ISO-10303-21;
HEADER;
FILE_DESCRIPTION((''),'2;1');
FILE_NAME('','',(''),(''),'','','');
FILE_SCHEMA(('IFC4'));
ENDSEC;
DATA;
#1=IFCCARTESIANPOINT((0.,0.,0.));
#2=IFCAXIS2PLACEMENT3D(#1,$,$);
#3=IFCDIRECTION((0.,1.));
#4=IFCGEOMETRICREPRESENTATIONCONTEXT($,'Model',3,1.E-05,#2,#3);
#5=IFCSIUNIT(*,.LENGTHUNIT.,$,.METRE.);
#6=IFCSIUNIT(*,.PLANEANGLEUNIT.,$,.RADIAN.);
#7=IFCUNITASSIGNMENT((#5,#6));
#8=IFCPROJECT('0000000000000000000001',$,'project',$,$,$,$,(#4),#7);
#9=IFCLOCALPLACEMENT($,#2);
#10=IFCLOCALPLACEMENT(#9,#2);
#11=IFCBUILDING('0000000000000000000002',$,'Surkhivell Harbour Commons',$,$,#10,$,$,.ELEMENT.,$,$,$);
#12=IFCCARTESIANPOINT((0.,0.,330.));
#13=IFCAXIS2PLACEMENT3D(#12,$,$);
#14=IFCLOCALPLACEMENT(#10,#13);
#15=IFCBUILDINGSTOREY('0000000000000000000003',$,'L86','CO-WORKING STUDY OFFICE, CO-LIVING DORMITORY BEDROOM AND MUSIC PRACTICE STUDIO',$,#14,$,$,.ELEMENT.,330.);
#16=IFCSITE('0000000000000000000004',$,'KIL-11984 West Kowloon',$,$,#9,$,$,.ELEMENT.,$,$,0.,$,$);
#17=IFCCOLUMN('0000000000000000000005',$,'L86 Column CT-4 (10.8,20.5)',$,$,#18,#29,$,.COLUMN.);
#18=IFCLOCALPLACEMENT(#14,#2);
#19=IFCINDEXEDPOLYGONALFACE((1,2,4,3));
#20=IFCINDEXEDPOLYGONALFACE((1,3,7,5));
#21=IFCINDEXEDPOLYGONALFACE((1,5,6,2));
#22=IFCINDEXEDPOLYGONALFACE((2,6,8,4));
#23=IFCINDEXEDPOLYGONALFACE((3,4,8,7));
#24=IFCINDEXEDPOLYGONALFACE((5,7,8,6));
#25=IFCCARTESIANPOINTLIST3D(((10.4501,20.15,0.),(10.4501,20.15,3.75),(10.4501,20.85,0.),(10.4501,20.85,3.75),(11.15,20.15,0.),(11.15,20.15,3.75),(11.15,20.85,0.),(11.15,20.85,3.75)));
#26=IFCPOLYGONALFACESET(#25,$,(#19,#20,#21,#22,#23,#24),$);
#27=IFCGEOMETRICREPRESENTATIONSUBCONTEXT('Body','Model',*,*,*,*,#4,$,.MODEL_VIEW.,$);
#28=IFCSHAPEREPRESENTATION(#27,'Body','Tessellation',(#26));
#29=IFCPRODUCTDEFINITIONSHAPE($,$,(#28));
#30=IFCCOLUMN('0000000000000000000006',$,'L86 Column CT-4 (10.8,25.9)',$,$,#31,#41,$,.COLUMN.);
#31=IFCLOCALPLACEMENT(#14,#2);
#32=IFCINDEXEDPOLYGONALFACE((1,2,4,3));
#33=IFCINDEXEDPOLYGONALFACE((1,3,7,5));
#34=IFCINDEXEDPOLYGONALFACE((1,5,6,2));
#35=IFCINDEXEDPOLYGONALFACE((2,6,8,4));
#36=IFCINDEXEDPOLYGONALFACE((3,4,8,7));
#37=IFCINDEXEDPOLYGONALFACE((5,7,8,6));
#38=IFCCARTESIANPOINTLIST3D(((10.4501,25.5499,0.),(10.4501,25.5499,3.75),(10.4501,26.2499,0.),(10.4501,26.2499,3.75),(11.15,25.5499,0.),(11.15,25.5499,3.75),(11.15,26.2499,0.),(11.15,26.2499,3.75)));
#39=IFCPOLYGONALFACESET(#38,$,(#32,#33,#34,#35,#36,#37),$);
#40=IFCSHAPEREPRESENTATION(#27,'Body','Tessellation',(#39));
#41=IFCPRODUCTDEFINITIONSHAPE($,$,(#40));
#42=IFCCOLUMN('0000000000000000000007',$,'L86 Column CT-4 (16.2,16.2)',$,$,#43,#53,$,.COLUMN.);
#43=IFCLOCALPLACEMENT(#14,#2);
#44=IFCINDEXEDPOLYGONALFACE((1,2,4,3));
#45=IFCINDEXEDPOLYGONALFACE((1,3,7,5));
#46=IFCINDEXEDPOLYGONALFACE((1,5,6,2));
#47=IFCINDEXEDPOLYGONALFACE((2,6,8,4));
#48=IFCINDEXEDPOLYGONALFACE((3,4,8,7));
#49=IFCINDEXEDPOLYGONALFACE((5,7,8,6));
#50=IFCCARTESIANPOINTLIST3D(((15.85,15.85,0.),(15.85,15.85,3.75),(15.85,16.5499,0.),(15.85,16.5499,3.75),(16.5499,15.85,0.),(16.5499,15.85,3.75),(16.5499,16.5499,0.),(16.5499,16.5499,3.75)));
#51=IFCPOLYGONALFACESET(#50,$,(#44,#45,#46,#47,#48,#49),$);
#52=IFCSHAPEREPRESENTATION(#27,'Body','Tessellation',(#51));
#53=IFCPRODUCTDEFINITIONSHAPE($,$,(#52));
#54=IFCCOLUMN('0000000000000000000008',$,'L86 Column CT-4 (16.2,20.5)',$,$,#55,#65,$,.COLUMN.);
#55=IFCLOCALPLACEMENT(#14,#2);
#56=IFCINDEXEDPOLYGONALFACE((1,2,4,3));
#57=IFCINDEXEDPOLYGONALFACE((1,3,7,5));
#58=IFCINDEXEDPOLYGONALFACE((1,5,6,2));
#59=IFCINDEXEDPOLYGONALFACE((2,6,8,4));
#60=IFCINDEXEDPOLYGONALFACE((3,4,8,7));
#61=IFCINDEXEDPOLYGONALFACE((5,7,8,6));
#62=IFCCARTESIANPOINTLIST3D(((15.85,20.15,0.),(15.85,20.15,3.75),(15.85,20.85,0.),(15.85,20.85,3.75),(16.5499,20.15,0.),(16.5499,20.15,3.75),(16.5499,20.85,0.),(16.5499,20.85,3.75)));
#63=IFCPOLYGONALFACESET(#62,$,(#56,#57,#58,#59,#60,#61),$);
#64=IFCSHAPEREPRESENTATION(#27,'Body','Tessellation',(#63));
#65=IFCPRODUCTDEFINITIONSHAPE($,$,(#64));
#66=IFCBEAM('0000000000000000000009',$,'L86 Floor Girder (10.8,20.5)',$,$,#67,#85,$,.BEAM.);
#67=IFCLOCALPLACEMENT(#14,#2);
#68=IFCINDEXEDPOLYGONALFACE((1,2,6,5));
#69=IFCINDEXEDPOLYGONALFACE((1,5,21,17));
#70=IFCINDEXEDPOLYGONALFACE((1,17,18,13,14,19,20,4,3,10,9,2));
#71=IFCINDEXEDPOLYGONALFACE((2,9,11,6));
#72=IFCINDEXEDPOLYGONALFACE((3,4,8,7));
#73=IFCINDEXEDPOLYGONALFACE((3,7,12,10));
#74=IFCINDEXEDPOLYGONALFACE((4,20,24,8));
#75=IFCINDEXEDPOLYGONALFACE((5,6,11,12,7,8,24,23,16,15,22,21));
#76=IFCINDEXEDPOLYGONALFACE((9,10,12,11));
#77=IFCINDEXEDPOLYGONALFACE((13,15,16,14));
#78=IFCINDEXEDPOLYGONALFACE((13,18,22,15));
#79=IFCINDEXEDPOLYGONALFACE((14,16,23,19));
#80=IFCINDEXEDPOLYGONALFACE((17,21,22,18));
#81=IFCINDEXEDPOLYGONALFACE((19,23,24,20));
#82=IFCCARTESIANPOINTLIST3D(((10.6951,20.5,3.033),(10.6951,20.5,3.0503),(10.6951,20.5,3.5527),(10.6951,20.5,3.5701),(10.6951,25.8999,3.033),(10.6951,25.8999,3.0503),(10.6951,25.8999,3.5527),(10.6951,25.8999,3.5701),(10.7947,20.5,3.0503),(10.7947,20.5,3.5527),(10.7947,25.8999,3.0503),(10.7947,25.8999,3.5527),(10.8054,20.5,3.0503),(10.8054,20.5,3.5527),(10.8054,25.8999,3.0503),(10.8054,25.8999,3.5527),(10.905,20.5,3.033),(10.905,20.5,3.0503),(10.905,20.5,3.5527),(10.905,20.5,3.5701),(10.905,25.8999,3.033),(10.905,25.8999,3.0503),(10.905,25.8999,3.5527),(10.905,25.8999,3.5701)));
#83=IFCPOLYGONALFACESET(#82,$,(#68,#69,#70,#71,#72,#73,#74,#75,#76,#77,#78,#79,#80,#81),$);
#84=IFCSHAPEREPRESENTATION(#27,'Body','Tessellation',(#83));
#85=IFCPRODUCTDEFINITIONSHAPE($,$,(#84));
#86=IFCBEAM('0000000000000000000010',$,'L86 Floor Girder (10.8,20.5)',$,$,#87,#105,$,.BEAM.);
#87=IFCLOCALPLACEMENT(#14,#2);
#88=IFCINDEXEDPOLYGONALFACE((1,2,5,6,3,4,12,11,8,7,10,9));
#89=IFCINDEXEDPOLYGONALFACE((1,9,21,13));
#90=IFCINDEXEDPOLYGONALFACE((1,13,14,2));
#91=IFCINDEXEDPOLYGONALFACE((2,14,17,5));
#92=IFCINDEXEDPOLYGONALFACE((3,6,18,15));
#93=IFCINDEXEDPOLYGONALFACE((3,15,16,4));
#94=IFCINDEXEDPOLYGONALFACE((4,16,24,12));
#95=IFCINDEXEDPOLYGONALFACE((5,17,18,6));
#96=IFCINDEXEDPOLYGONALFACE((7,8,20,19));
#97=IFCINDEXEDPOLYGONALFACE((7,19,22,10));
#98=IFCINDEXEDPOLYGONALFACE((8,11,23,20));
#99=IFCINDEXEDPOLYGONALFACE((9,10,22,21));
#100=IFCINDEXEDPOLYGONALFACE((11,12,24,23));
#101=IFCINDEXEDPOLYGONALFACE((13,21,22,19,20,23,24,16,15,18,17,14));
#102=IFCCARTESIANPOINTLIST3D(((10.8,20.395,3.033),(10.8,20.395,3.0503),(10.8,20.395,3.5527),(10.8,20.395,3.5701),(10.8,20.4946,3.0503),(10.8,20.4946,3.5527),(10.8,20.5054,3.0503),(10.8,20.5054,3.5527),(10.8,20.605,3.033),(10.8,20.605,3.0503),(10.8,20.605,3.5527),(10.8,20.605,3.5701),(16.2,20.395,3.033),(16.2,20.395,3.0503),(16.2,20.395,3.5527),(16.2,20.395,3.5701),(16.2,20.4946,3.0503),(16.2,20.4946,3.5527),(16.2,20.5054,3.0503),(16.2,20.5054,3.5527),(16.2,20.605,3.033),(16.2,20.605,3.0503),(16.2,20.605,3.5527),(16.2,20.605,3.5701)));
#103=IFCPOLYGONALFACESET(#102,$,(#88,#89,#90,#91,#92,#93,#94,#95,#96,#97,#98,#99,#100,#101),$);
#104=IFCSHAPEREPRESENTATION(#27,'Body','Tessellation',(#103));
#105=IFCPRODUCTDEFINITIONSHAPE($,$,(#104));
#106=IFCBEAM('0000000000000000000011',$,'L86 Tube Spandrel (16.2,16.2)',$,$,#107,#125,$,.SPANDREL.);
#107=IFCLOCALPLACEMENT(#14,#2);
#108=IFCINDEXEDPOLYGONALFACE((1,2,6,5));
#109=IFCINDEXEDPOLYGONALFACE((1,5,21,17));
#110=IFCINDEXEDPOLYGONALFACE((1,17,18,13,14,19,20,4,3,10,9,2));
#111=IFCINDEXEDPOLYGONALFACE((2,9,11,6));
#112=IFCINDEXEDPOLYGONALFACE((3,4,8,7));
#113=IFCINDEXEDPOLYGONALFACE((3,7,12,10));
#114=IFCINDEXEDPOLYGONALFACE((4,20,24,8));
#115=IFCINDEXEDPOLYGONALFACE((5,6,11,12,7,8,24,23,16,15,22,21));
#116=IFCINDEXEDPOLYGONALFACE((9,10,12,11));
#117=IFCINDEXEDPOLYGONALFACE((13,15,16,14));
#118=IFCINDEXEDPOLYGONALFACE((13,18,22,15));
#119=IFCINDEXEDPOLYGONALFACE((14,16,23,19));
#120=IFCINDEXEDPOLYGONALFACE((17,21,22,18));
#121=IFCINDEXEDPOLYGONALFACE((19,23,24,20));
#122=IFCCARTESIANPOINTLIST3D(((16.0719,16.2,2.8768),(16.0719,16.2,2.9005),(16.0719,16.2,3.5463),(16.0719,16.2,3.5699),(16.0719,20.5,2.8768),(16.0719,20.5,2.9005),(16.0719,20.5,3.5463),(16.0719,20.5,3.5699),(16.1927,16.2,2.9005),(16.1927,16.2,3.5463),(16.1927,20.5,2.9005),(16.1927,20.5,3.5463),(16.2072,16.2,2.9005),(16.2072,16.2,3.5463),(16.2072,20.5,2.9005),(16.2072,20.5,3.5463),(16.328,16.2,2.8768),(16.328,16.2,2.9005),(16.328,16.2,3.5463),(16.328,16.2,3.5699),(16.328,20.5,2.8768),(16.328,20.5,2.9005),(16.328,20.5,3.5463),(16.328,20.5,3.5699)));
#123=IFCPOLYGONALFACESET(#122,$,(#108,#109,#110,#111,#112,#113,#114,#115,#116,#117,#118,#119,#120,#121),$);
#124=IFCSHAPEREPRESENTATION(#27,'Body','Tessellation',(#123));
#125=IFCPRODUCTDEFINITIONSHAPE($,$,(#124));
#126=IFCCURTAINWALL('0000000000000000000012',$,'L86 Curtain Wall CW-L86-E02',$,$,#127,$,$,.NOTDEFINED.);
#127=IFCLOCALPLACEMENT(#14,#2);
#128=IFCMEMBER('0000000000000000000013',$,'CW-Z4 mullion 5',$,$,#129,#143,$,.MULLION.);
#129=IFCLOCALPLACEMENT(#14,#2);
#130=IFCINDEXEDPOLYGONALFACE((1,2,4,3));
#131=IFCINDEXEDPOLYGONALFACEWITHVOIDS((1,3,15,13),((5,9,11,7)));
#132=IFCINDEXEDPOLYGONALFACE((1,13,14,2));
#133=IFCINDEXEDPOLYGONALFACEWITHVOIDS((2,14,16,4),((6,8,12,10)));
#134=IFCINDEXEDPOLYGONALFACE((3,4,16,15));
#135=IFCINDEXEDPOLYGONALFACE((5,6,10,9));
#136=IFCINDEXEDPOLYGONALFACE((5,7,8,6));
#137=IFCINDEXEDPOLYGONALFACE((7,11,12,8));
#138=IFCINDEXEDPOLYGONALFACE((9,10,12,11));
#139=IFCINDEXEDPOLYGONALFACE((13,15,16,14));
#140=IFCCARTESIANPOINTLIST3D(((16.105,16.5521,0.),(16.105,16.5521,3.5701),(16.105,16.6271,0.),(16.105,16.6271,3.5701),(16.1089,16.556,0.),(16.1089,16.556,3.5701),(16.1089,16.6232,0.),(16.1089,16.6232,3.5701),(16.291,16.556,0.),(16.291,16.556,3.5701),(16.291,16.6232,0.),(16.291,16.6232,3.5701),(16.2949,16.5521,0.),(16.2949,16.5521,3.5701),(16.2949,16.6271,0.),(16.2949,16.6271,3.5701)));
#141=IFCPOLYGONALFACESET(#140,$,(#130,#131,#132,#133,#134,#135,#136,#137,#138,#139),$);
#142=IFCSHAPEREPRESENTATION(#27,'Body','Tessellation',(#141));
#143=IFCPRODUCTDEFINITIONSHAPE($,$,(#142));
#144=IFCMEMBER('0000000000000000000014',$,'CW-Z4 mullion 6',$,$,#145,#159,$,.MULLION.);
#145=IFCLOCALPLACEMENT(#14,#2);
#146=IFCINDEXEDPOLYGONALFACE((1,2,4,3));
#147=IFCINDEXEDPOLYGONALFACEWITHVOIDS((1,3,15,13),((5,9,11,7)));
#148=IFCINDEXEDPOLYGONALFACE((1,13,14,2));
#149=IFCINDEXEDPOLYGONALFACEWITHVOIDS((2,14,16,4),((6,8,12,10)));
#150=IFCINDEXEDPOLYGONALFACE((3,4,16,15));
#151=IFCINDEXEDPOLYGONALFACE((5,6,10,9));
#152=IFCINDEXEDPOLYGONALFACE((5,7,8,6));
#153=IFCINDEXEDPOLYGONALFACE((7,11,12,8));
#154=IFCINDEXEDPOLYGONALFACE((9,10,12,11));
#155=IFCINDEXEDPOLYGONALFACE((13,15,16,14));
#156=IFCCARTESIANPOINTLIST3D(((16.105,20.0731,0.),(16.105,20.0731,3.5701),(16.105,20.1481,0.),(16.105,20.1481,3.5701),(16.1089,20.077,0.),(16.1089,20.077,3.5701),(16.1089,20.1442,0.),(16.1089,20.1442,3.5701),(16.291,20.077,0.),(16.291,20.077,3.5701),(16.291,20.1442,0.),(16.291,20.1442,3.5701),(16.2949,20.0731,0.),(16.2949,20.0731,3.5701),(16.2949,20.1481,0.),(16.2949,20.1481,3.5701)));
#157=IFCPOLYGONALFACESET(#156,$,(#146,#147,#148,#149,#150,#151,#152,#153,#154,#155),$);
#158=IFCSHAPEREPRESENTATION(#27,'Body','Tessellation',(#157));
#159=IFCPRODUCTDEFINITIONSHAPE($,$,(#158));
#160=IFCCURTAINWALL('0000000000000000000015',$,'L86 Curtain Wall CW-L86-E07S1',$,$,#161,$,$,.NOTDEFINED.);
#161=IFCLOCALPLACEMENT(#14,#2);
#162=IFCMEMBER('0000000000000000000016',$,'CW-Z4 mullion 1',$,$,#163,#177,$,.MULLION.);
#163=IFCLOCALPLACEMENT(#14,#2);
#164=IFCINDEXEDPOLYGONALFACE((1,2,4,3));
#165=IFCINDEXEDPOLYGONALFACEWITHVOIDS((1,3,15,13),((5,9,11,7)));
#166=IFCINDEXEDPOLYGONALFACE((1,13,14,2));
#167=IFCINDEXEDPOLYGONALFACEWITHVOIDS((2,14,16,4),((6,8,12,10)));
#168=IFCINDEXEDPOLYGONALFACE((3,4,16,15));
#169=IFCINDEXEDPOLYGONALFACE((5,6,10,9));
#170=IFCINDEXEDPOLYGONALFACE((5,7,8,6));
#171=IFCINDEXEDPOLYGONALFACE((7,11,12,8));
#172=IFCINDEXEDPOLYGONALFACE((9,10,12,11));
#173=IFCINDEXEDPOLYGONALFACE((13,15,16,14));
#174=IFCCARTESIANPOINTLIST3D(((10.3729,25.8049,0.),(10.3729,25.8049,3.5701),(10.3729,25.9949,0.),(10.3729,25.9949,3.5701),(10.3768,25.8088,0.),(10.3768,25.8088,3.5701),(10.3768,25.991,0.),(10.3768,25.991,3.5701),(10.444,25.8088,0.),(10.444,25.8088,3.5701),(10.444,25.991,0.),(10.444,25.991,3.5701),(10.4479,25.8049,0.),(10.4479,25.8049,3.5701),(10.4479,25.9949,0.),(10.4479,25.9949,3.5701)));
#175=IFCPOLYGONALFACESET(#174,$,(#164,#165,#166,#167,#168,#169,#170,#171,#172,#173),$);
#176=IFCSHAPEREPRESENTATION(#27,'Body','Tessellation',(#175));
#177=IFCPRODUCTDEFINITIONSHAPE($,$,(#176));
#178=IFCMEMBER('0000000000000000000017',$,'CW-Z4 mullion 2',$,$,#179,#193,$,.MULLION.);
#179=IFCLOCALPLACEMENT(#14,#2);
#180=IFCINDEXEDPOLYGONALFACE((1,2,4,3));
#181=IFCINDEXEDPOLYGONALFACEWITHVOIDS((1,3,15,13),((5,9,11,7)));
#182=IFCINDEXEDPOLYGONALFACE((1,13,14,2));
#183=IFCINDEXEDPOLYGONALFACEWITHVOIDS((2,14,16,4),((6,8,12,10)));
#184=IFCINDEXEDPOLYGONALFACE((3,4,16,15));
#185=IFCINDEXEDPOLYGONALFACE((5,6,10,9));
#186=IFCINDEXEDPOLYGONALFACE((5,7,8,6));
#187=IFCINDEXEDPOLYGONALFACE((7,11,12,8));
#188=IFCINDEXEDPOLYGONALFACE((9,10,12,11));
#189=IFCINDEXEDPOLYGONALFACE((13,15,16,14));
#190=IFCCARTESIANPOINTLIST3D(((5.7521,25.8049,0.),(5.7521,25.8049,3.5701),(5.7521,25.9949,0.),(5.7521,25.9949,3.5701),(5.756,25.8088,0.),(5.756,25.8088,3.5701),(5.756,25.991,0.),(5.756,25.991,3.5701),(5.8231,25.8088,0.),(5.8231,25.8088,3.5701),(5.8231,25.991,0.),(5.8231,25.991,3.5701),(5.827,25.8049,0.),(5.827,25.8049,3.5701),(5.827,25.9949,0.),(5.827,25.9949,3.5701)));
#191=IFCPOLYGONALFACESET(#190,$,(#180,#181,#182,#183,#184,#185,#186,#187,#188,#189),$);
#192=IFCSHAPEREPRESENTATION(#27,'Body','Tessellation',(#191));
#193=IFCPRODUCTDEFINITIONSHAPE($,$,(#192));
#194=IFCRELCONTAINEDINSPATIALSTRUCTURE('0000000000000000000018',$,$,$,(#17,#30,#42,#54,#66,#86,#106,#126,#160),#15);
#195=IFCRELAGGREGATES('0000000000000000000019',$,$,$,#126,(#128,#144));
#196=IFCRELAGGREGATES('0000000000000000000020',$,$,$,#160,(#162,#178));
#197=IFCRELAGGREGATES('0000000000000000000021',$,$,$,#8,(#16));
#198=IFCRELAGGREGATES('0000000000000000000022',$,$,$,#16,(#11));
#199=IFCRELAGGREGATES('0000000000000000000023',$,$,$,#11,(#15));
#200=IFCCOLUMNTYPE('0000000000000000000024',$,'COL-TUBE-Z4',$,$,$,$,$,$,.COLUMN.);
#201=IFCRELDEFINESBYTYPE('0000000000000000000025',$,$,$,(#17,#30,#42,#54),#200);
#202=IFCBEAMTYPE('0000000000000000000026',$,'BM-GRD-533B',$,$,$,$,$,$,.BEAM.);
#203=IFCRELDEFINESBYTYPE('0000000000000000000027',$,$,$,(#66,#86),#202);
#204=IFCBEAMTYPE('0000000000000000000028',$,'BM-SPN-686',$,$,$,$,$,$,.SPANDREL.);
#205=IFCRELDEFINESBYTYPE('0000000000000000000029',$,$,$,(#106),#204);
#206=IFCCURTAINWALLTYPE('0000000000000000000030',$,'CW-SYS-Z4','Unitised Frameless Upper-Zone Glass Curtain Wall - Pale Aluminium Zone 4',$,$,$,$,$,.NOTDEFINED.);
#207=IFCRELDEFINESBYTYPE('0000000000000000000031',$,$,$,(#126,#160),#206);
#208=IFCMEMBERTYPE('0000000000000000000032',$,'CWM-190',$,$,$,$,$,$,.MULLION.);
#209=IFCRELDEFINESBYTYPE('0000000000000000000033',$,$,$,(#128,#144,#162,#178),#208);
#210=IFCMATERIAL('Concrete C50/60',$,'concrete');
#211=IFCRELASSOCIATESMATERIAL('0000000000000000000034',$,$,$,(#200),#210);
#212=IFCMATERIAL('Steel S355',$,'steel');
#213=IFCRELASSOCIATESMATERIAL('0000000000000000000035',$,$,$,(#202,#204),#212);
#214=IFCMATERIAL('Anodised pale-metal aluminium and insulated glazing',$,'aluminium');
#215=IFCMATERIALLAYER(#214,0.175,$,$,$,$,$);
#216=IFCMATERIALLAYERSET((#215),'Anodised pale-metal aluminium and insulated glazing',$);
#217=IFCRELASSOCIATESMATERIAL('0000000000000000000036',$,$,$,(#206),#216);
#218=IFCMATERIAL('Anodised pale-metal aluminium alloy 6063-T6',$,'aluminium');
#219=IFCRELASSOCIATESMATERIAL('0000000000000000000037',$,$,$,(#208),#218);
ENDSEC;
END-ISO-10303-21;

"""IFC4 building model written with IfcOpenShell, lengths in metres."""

from ifc_helpers import new_model, si_unit, direction, frame, origin, origin_2d, place, context, subcontext, project, spatial, rectangle, hollow_rectangle, i_section, extrude, material, layer, layer_set, material_profile, profile_set, type_object, element, aggregate, save


model = new_model("IFC4")

# Units and contexts
model_context = context("Model", 3, precision=1e-05, world=origin(), true_north=direction((0.0, 1.0)))
body_context = subcontext(model_context, "Body", "Model", "MODEL_VIEW")
ifc_project = project(units=[si_unit("LENGTHUNIT", "METRE"), si_unit("PLANEANGLEUNIT", "RADIAN")], contexts=[model_context])

# Site, building, storey
site_placement = place(None, origin())
site = spatial("IfcSite", under=ifc_project, at=site_placement, Name="KIL-11984 West Kowloon", CompositionType="ELEMENT", RefElevation=0.0)
building_placement = place(site_placement, origin())
building = spatial("IfcBuilding", under=site, at=building_placement, Name="Surkhivell Harbour Commons", CompositionType="ELEMENT")
storey_placement = place(building_placement, frame((0.0, 0.0, 330.0)))
storey = spatial("IfcBuildingStorey", under=building, at=storey_placement, Name="L86", Description="CO-WORKING STUDY OFFICE, CO-LIVING DORMITORY BEDROOM AND MUSIC PRACTICE STUDIO", CompositionType="ELEMENT", Elevation=330.0)

# Columns
ifc_material_1 = material(Name="Concrete C50/60", Category="concrete")
ifc_material_profile_1 = material_profile(ifc_material_1, rectangle(XDim=0.7, YDim=0.7, at=origin_2d()), Name="RC-COL-700x700")
ifc_profile_set_1 = profile_set([ifc_material_profile_1], Name="Concrete C50/60")
column_type = type_object("IfcColumnType", Name="COL-TUBE-Z4", PredefinedType="COLUMN", material=ifc_profile_set_1)
for number, where, z_axis, x_axis, name in (
    (1, (10.8, 20.5, 0.0), (0.0, 0.0, 1.0), (1.0, 0.0, 0.0), "L86 Column CT-4 (10.8,20.5)"),
    (2, (10.8, 25.8999, 0.0), (0.0, 0.0, 1.0), (1.0, 0.0, 0.0), "L86 Column CT-4 (10.8,25.9)"),
    (3, (16.2, 16.2, 0.0), (0.0, 0.0, 1.0), (1.0, 0.0, 0.0), "L86 Column CT-4 (16.2,16.2)"),
    (4, (16.2, 20.5, 0.0), (0.0, 0.0, 1.0), (1.0, 0.0, 0.0), "L86 Column CT-4 (16.2,20.5)"),
):
    element("IfcColumn", number, at=place(storey_placement, frame(where, z_axis=z_axis, x_axis=x_axis)), inside=storey, type_object=column_type, Name=name, PredefinedType="COLUMN", context=body_context, shape_type="SweptSolid", body=[
        extrude(rectangle(XDim=0.7, YDim=0.7, at=origin_2d()), origin(), (0.0, 0.0, 1.0), 3.75),
    ])

# Beams
ifc_material_2 = material(Name="Steel S355", Category="steel")
ifc_material_profile_2 = material_profile(ifc_material_2, i_section(OverallWidth=0.21, OverallDepth=0.5371, WebThickness=0.0107, FlangeThickness=0.0173, at=origin_2d()), Name="UB533x210x101")
ifc_profile_set_2 = profile_set([ifc_material_profile_2], Name="Steel S355")
beam_type_1 = type_object("IfcBeamType", Name="BM-GRD-533B", PredefinedType="BEAM", material=ifc_profile_set_2)
for number, where, z_axis, x_axis, name in (
    (5, (10.8, 20.5, 3.3015), (0.0, 1.0, 0.0), (-1.0, 0.0, 0.0), "L86 Floor Girder (10.8,20.5)"),
    (6, (10.8, 20.5, 3.3015), (1.0, 0.0, 0.0), (0.0, 1.0, 0.0), "L86 Floor Girder (10.8,20.5)"),
):
    element("IfcBeam", number, at=place(storey_placement, frame(where, z_axis=z_axis, x_axis=x_axis)), inside=storey, type_object=beam_type_1, Name=name, PredefinedType="BEAM", context=body_context, shape_type="SweptSolid", body=[
        extrude(i_section(OverallWidth=0.21, OverallDepth=0.5371, WebThickness=0.0107, FlangeThickness=0.0173, at=origin_2d()), origin(), (0.0, 0.0, 1.0), 5.3999),
    ])
ifc_material_profile_3 = material_profile(ifc_material_2, i_section(OverallWidth=0.2561, OverallDepth=0.6931, WebThickness=0.0144, FlangeThickness=0.0237, at=origin_2d()), Name="UB686x254x170")
ifc_profile_set_3 = profile_set([ifc_material_profile_3], Name="Steel S355")
beam_type_2 = type_object("IfcBeamType", Name="BM-SPN-686", PredefinedType="SPANDREL", material=ifc_profile_set_3)
beam_placement = place(storey_placement, frame((16.2, 16.2, 3.2234), z_axis=(0.0, 1.0, 0.0), x_axis=(-1.0, 0.0, 0.0)))
element("IfcBeam", 7, at=beam_placement, inside=storey, type_object=beam_type_2, Name="L86 Tube Spandrel (16.2,16.2)", PredefinedType="SPANDREL", context=body_context, shape_type="SweptSolid", body=[
    extrude(i_section(OverallWidth=0.2561, OverallDepth=0.6931, WebThickness=0.0144, FlangeThickness=0.0237, at=origin_2d()), origin(), (0.0, 0.0, 1.0), 4.3),
])

# Curtain walls, members
ifc_material_3 = material(Name="Anodised pale-metal aluminium and insulated glazing", Category="aluminium")
ifc_layer_1 = layer(ifc_material_3, 0.175)
ifc_layer_set_1 = layer_set([ifc_layer_1], Name="Anodised pale-metal aluminium and insulated glazing")
curtain_wall_type = type_object("IfcCurtainWallType", Name="CW-SYS-Z4", Description="Unitised Frameless Upper-Zone Glass Curtain Wall - Pale Aluminium Zone 4", PredefinedType="NOTDEFINED", material=ifc_layer_set_1)
curtain_wall_1_placement = place(storey_placement, origin())
curtain_wall_1 = element("IfcCurtainWall", 8, at=curtain_wall_1_placement, inside=storey, type_object=curtain_wall_type, Name="L86 Curtain Wall CW-L86-E02", PredefinedType="NOTDEFINED")
ifc_material_4 = material(Name="Anodised pale-metal aluminium alloy 6063-T6", Category="aluminium")
ifc_material_profile_4 = material_profile(ifc_material_4, hollow_rectangle(XDim=0.075, YDim=0.1899, WallThickness=0.0039, at=origin_2d()), Name="ALU-MULL-75x190")
ifc_profile_set_4 = profile_set([ifc_material_profile_4], Name="Anodised pale-metal aluminium alloy 6063-T6")
member_type_1 = type_object("IfcMemberType", Name="CWM-190", PredefinedType="MULLION", material=ifc_profile_set_4)
member_1_placement = place(storey_placement, frame((16.2, 16.5896, 0.0), z_axis=(0.0, 0.0, 1.0), x_axis=(0.0, 1.0, 0.0)))
member_1 = element("IfcMember", 9, at=member_1_placement, type_object=member_type_1, Name="CW-Z4 mullion 5", PredefinedType="MULLION", context=body_context, shape_type="SweptSolid", body=[
    extrude(hollow_rectangle(XDim=0.075, YDim=0.1899, WallThickness=0.0039, at=origin_2d()), origin(), (0.0, 0.0, 1.0), 3.5701),
])
member_2_placement = place(storey_placement, frame((16.2, 20.1106, 0.0), z_axis=(0.0, 0.0, 1.0), x_axis=(0.0, 1.0, 0.0)))
member_2 = element("IfcMember", 10, at=member_2_placement, type_object=member_type_1, Name="CW-Z4 mullion 6", PredefinedType="MULLION", context=body_context, shape_type="SweptSolid", body=[
    extrude(hollow_rectangle(XDim=0.075, YDim=0.1899, WallThickness=0.0039, at=origin_2d()), origin(), (0.0, 0.0, 1.0), 3.5701),
])
curtain_wall_2_placement = place(storey_placement, origin())
curtain_wall_2 = element("IfcCurtainWall", 11, at=curtain_wall_2_placement, inside=storey, type_object=curtain_wall_type, Name="L86 Curtain Wall CW-L86-E07S1", PredefinedType="NOTDEFINED")
member_3_placement = place(storey_placement, frame((10.4104, 25.8999, 0.0), z_axis=(0.0, 0.0, 1.0), x_axis=(-1.0, 0.0, 0.0)))
member_3 = element("IfcMember", 12, at=member_3_placement, type_object=member_type_1, Name="CW-Z4 mullion 1", PredefinedType="MULLION", context=body_context, shape_type="SweptSolid", body=[
    extrude(hollow_rectangle(XDim=0.075, YDim=0.1899, WallThickness=0.0039, at=origin_2d()), origin(), (0.0, 0.0, 1.0), 3.5701),
])
member_4_placement = place(storey_placement, frame((5.7896, 25.8999, 0.0), z_axis=(0.0, 0.0, 1.0), x_axis=(-1.0, 0.0, 0.0)))
member_4 = element("IfcMember", 13, at=member_4_placement, type_object=member_type_1, Name="CW-Z4 mullion 2", PredefinedType="MULLION", context=body_context, shape_type="SweptSolid", body=[
    extrude(hollow_rectangle(XDim=0.075, YDim=0.1899, WallThickness=0.0039, at=origin_2d()), origin(), (0.0, 0.0, 1.0), 3.5701),
])

aggregate(curtain_wall_1, [member_1, member_2])
aggregate(curtain_wall_2, [member_3, member_4])

save(model, "model.ifc")
